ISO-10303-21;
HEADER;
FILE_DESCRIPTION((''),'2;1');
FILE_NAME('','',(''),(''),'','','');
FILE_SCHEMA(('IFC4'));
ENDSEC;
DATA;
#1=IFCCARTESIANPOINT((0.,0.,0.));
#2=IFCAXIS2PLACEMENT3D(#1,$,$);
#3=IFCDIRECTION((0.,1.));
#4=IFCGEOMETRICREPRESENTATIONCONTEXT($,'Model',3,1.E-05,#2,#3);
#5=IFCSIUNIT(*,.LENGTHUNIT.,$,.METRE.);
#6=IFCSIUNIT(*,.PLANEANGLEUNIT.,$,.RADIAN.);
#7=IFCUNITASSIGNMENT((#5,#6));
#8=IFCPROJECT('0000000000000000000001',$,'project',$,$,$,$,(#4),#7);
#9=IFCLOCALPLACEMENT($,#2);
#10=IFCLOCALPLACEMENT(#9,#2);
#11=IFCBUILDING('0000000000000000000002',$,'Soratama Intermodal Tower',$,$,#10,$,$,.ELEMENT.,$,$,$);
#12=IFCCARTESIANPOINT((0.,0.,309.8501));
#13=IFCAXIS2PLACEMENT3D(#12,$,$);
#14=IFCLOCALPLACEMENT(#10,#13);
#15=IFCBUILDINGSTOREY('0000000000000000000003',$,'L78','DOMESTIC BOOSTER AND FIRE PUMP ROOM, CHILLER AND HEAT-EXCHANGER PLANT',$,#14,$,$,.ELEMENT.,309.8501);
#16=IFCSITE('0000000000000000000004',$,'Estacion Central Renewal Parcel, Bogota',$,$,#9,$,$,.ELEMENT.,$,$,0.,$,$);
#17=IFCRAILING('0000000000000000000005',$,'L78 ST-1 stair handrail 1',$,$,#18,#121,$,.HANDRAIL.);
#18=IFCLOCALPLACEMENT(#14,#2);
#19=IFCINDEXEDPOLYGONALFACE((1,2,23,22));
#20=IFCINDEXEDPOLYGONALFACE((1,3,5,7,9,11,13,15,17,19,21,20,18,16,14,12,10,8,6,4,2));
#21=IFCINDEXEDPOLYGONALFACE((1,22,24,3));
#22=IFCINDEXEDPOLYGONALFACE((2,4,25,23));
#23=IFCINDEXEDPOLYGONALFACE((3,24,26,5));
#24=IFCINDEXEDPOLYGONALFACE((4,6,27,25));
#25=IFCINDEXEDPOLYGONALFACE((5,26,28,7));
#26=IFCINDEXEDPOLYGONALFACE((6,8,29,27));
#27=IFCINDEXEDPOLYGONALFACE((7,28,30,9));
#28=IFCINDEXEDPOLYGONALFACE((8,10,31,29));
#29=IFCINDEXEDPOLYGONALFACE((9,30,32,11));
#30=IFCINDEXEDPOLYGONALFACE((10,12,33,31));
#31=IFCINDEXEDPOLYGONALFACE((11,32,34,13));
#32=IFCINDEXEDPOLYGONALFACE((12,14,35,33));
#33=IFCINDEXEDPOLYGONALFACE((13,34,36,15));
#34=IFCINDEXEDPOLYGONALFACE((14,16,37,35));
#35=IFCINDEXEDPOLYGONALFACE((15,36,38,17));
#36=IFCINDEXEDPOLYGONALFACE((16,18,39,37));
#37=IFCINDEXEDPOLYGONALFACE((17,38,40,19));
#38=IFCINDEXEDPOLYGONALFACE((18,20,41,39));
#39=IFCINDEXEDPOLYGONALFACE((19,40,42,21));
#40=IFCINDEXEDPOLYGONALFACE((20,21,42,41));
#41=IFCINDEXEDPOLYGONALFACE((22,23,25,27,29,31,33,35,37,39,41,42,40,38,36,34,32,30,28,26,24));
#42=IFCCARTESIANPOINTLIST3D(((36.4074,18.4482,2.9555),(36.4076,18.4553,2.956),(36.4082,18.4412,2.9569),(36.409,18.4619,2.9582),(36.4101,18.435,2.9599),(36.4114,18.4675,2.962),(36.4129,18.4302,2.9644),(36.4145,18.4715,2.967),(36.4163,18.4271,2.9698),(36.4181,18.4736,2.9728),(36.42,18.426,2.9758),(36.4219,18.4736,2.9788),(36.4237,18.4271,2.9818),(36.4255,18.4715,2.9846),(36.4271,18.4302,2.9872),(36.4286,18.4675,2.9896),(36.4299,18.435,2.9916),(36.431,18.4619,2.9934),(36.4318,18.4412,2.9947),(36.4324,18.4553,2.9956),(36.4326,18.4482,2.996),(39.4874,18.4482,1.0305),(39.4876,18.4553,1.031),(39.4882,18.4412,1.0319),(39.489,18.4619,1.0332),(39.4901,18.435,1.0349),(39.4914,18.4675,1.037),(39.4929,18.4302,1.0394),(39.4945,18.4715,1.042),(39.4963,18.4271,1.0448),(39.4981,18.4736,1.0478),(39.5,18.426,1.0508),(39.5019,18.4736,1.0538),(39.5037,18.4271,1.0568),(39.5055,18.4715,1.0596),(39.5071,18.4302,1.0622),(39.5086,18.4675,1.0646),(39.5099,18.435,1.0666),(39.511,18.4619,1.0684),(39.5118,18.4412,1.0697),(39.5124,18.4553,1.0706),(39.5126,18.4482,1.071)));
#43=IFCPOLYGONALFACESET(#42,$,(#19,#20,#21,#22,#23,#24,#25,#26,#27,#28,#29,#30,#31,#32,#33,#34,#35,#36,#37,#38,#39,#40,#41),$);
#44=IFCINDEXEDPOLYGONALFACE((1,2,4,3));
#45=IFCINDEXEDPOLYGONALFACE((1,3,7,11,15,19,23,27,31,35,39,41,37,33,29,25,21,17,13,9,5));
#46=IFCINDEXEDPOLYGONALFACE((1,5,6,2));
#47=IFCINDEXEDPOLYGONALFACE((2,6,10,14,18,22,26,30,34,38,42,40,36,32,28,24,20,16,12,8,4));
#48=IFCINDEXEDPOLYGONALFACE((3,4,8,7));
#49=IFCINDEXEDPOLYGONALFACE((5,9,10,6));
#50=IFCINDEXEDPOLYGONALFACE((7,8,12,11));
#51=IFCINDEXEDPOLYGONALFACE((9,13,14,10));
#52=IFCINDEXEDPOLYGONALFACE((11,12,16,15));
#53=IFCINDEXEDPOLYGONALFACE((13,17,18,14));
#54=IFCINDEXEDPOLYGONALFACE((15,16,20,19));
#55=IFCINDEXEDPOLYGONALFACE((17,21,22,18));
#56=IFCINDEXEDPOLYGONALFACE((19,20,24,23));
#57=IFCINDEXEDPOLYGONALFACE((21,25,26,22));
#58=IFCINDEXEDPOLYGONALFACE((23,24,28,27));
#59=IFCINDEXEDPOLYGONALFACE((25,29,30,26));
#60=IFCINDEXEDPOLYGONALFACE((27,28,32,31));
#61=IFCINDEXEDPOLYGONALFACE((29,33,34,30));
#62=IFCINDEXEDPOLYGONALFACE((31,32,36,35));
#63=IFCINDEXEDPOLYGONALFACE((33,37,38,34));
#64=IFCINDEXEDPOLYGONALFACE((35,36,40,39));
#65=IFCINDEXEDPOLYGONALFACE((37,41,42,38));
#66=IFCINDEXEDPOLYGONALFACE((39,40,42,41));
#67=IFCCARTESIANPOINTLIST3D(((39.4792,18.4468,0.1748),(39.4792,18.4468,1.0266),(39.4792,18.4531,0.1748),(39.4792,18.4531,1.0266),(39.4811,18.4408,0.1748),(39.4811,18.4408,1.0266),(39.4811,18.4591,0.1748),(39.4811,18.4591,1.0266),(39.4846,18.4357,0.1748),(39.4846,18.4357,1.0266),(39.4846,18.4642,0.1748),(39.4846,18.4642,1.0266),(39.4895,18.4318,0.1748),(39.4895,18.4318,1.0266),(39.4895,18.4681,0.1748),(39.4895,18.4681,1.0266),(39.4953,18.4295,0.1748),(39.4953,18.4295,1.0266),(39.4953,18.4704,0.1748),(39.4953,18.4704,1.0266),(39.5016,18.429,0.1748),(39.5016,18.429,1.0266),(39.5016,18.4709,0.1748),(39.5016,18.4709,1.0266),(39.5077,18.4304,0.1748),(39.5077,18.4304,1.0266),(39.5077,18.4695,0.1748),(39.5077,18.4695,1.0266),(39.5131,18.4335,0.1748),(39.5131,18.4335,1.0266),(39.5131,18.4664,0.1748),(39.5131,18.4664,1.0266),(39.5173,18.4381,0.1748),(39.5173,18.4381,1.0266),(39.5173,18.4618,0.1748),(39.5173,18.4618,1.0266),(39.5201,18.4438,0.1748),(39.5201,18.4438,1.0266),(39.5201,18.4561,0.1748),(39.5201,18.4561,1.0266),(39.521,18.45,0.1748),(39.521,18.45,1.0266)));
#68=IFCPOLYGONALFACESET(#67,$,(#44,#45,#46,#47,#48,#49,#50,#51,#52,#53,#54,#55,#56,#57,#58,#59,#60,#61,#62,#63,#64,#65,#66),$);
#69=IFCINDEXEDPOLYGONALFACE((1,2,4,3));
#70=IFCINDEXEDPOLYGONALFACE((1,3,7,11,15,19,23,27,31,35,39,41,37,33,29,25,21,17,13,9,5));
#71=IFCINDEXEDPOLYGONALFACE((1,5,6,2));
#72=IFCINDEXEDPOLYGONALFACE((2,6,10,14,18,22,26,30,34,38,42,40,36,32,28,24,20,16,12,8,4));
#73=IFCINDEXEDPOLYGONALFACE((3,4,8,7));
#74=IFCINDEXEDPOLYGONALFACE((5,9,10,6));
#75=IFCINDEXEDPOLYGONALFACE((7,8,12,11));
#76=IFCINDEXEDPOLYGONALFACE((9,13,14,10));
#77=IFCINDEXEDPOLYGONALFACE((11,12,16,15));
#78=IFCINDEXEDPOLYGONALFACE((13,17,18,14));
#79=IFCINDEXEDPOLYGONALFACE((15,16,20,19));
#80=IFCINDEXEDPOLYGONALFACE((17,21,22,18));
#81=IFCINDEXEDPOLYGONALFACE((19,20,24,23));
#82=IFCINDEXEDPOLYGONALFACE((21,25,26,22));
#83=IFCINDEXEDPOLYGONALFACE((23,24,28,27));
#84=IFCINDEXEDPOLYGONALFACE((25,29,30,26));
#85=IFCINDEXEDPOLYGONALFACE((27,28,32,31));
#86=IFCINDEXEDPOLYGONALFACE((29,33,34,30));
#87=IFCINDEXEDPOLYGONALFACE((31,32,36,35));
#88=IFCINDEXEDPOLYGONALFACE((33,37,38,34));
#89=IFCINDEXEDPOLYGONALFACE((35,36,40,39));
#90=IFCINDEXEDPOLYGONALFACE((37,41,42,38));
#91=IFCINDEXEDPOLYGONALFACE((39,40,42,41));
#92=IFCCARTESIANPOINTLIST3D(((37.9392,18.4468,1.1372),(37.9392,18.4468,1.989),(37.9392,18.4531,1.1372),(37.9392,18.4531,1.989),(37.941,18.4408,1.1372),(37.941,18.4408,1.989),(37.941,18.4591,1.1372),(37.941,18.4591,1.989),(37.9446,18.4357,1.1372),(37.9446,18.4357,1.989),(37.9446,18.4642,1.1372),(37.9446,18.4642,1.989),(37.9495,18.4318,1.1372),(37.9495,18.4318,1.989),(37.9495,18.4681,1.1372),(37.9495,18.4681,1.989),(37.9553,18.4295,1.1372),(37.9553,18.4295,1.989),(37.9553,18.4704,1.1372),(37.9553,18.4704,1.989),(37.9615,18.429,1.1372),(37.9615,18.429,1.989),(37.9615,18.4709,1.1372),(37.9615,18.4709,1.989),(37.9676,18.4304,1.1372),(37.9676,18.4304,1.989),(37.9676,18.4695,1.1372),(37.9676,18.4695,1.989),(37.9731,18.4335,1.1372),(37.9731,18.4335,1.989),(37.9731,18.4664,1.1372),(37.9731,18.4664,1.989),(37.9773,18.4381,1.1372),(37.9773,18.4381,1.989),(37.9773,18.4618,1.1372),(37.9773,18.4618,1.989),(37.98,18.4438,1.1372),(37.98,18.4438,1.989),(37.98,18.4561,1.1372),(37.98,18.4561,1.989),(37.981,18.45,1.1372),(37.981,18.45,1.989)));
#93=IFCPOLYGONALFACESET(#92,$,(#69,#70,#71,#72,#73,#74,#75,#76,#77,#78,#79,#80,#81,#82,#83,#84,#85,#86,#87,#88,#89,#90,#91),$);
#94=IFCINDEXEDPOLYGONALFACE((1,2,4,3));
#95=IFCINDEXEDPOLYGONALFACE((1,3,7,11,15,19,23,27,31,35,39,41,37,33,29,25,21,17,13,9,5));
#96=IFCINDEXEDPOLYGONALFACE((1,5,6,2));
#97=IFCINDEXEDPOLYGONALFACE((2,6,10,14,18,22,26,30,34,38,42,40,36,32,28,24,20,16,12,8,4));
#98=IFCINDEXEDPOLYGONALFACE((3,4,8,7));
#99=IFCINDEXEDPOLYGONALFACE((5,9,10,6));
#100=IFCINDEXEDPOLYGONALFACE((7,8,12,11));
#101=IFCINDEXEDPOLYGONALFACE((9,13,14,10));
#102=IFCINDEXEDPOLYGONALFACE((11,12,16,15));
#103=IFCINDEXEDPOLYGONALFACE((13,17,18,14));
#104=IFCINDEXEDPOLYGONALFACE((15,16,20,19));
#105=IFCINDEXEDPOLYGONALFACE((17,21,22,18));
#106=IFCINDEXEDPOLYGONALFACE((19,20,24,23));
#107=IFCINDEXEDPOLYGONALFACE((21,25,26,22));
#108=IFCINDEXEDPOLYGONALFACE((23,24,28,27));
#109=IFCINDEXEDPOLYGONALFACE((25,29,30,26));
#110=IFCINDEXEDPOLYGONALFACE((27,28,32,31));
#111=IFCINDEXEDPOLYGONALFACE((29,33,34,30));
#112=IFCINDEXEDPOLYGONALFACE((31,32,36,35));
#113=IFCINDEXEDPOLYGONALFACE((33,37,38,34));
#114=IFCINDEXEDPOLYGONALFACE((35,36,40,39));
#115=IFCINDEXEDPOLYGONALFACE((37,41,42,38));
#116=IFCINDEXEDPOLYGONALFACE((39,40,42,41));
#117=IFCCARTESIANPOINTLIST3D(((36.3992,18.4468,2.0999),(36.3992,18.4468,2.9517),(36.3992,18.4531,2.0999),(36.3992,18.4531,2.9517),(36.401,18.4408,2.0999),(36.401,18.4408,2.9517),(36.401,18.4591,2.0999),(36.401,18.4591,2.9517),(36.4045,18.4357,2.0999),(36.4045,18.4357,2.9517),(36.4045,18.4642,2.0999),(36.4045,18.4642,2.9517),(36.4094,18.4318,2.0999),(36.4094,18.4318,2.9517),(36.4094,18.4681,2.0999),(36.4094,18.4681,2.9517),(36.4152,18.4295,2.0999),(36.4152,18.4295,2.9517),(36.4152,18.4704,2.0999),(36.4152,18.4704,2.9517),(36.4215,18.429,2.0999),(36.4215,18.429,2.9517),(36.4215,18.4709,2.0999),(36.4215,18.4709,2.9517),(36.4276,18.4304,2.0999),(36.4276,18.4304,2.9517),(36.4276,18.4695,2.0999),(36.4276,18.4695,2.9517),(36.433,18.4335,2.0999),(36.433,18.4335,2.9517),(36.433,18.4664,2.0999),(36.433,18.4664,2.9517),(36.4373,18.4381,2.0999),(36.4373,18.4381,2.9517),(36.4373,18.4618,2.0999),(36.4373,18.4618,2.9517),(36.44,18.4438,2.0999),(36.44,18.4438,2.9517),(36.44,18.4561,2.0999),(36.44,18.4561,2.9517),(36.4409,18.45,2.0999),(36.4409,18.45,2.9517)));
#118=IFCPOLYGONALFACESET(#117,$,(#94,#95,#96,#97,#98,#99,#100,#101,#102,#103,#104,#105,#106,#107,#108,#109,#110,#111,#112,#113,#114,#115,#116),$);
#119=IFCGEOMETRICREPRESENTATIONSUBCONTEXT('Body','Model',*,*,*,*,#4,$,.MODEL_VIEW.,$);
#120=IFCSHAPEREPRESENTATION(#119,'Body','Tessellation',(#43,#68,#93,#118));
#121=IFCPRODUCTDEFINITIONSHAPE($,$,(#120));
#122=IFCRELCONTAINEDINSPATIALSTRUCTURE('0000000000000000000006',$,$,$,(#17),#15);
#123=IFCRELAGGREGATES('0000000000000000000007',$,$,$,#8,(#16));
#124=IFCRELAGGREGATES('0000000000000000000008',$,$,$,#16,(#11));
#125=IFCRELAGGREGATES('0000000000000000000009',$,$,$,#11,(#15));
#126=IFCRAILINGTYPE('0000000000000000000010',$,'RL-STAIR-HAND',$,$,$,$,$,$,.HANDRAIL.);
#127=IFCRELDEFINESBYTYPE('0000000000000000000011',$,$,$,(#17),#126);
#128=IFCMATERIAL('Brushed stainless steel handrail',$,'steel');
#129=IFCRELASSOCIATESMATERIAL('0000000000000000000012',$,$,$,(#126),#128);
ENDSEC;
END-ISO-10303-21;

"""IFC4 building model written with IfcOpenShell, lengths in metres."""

from ifc_helpers import new_model, si_unit, direction, frame, origin, origin_2d, place, context, subcontext, project, spatial, circle, extrude, material, type_object, element, save


model = new_model("IFC4")

# Units and contexts
model_context = context("Model", 3, precision=1e-05, world=origin(), true_north=direction((0.0, 1.0)))
body_context = subcontext(model_context, "Body", "Model", "MODEL_VIEW")
ifc_project = project(units=[si_unit("LENGTHUNIT", "METRE"), si_unit("PLANEANGLEUNIT", "RADIAN")], contexts=[model_context])

# Site, building, storey
site_placement = place(None, origin())
site = spatial("IfcSite", under=ifc_project, at=site_placement, Name="Estacion Central Renewal Parcel, Bogota", CompositionType="ELEMENT", RefElevation=0.0)
building_placement = place(site_placement, origin())
building = spatial("IfcBuilding", under=site, at=building_placement, Name="Soratama Intermodal Tower", CompositionType="ELEMENT")
storey_placement = place(building_placement, frame((0.0, 0.0, 309.8501)))
storey = spatial("IfcBuildingStorey", under=building, at=storey_placement, Name="L78", Description="DOMESTIC BOOSTER AND FIRE PUMP ROOM, CHILLER AND HEAT-EXCHANGER PLANT", CompositionType="ELEMENT", Elevation=309.8501)

# Railing
ifc_material_1 = material(Name="Brushed stainless steel handrail", Category="steel")
railing_type_1 = type_object("IfcRailingType", Name="RL-STAIR-HAND", PredefinedType="HANDRAIL", material=ifc_material_1)
railing_1_placement = place(storey_placement, frame((39.5, 18.45, 0.1748)))
element("IfcRailing", 1, at=railing_1_placement, inside=storey, type_object=railing_type_1, Name="L78 ST-1 stair handrail 1", PredefinedType="HANDRAIL", context=body_context, shape_type="SweptSolid", body=[
    extrude(circle(Radius=0.0239, at=origin_2d()), frame((0.0, 0.0, 0.876), z_axis=(-0.847998, 0.0, 0.529999), x_axis=(0.0, -1.0, 0.0)), (0.0, 0.0, 1.0), 3.6321),
    extrude(circle(Radius=0.021, at=origin_2d()), origin(), (0.0, 0.0, 1.0), 0.8518),
    extrude(circle(Radius=0.021, at=origin_2d()), frame((-1.54, 0.0, 0.9624)), (0.0, 0.0, 1.0), 0.8518),
    extrude(circle(Radius=0.021, at=origin_2d()), frame((-3.0801, 0.0, 1.925)), (0.0, 0.0, 1.0), 0.8518),
])

save(model, "model.ifc")
